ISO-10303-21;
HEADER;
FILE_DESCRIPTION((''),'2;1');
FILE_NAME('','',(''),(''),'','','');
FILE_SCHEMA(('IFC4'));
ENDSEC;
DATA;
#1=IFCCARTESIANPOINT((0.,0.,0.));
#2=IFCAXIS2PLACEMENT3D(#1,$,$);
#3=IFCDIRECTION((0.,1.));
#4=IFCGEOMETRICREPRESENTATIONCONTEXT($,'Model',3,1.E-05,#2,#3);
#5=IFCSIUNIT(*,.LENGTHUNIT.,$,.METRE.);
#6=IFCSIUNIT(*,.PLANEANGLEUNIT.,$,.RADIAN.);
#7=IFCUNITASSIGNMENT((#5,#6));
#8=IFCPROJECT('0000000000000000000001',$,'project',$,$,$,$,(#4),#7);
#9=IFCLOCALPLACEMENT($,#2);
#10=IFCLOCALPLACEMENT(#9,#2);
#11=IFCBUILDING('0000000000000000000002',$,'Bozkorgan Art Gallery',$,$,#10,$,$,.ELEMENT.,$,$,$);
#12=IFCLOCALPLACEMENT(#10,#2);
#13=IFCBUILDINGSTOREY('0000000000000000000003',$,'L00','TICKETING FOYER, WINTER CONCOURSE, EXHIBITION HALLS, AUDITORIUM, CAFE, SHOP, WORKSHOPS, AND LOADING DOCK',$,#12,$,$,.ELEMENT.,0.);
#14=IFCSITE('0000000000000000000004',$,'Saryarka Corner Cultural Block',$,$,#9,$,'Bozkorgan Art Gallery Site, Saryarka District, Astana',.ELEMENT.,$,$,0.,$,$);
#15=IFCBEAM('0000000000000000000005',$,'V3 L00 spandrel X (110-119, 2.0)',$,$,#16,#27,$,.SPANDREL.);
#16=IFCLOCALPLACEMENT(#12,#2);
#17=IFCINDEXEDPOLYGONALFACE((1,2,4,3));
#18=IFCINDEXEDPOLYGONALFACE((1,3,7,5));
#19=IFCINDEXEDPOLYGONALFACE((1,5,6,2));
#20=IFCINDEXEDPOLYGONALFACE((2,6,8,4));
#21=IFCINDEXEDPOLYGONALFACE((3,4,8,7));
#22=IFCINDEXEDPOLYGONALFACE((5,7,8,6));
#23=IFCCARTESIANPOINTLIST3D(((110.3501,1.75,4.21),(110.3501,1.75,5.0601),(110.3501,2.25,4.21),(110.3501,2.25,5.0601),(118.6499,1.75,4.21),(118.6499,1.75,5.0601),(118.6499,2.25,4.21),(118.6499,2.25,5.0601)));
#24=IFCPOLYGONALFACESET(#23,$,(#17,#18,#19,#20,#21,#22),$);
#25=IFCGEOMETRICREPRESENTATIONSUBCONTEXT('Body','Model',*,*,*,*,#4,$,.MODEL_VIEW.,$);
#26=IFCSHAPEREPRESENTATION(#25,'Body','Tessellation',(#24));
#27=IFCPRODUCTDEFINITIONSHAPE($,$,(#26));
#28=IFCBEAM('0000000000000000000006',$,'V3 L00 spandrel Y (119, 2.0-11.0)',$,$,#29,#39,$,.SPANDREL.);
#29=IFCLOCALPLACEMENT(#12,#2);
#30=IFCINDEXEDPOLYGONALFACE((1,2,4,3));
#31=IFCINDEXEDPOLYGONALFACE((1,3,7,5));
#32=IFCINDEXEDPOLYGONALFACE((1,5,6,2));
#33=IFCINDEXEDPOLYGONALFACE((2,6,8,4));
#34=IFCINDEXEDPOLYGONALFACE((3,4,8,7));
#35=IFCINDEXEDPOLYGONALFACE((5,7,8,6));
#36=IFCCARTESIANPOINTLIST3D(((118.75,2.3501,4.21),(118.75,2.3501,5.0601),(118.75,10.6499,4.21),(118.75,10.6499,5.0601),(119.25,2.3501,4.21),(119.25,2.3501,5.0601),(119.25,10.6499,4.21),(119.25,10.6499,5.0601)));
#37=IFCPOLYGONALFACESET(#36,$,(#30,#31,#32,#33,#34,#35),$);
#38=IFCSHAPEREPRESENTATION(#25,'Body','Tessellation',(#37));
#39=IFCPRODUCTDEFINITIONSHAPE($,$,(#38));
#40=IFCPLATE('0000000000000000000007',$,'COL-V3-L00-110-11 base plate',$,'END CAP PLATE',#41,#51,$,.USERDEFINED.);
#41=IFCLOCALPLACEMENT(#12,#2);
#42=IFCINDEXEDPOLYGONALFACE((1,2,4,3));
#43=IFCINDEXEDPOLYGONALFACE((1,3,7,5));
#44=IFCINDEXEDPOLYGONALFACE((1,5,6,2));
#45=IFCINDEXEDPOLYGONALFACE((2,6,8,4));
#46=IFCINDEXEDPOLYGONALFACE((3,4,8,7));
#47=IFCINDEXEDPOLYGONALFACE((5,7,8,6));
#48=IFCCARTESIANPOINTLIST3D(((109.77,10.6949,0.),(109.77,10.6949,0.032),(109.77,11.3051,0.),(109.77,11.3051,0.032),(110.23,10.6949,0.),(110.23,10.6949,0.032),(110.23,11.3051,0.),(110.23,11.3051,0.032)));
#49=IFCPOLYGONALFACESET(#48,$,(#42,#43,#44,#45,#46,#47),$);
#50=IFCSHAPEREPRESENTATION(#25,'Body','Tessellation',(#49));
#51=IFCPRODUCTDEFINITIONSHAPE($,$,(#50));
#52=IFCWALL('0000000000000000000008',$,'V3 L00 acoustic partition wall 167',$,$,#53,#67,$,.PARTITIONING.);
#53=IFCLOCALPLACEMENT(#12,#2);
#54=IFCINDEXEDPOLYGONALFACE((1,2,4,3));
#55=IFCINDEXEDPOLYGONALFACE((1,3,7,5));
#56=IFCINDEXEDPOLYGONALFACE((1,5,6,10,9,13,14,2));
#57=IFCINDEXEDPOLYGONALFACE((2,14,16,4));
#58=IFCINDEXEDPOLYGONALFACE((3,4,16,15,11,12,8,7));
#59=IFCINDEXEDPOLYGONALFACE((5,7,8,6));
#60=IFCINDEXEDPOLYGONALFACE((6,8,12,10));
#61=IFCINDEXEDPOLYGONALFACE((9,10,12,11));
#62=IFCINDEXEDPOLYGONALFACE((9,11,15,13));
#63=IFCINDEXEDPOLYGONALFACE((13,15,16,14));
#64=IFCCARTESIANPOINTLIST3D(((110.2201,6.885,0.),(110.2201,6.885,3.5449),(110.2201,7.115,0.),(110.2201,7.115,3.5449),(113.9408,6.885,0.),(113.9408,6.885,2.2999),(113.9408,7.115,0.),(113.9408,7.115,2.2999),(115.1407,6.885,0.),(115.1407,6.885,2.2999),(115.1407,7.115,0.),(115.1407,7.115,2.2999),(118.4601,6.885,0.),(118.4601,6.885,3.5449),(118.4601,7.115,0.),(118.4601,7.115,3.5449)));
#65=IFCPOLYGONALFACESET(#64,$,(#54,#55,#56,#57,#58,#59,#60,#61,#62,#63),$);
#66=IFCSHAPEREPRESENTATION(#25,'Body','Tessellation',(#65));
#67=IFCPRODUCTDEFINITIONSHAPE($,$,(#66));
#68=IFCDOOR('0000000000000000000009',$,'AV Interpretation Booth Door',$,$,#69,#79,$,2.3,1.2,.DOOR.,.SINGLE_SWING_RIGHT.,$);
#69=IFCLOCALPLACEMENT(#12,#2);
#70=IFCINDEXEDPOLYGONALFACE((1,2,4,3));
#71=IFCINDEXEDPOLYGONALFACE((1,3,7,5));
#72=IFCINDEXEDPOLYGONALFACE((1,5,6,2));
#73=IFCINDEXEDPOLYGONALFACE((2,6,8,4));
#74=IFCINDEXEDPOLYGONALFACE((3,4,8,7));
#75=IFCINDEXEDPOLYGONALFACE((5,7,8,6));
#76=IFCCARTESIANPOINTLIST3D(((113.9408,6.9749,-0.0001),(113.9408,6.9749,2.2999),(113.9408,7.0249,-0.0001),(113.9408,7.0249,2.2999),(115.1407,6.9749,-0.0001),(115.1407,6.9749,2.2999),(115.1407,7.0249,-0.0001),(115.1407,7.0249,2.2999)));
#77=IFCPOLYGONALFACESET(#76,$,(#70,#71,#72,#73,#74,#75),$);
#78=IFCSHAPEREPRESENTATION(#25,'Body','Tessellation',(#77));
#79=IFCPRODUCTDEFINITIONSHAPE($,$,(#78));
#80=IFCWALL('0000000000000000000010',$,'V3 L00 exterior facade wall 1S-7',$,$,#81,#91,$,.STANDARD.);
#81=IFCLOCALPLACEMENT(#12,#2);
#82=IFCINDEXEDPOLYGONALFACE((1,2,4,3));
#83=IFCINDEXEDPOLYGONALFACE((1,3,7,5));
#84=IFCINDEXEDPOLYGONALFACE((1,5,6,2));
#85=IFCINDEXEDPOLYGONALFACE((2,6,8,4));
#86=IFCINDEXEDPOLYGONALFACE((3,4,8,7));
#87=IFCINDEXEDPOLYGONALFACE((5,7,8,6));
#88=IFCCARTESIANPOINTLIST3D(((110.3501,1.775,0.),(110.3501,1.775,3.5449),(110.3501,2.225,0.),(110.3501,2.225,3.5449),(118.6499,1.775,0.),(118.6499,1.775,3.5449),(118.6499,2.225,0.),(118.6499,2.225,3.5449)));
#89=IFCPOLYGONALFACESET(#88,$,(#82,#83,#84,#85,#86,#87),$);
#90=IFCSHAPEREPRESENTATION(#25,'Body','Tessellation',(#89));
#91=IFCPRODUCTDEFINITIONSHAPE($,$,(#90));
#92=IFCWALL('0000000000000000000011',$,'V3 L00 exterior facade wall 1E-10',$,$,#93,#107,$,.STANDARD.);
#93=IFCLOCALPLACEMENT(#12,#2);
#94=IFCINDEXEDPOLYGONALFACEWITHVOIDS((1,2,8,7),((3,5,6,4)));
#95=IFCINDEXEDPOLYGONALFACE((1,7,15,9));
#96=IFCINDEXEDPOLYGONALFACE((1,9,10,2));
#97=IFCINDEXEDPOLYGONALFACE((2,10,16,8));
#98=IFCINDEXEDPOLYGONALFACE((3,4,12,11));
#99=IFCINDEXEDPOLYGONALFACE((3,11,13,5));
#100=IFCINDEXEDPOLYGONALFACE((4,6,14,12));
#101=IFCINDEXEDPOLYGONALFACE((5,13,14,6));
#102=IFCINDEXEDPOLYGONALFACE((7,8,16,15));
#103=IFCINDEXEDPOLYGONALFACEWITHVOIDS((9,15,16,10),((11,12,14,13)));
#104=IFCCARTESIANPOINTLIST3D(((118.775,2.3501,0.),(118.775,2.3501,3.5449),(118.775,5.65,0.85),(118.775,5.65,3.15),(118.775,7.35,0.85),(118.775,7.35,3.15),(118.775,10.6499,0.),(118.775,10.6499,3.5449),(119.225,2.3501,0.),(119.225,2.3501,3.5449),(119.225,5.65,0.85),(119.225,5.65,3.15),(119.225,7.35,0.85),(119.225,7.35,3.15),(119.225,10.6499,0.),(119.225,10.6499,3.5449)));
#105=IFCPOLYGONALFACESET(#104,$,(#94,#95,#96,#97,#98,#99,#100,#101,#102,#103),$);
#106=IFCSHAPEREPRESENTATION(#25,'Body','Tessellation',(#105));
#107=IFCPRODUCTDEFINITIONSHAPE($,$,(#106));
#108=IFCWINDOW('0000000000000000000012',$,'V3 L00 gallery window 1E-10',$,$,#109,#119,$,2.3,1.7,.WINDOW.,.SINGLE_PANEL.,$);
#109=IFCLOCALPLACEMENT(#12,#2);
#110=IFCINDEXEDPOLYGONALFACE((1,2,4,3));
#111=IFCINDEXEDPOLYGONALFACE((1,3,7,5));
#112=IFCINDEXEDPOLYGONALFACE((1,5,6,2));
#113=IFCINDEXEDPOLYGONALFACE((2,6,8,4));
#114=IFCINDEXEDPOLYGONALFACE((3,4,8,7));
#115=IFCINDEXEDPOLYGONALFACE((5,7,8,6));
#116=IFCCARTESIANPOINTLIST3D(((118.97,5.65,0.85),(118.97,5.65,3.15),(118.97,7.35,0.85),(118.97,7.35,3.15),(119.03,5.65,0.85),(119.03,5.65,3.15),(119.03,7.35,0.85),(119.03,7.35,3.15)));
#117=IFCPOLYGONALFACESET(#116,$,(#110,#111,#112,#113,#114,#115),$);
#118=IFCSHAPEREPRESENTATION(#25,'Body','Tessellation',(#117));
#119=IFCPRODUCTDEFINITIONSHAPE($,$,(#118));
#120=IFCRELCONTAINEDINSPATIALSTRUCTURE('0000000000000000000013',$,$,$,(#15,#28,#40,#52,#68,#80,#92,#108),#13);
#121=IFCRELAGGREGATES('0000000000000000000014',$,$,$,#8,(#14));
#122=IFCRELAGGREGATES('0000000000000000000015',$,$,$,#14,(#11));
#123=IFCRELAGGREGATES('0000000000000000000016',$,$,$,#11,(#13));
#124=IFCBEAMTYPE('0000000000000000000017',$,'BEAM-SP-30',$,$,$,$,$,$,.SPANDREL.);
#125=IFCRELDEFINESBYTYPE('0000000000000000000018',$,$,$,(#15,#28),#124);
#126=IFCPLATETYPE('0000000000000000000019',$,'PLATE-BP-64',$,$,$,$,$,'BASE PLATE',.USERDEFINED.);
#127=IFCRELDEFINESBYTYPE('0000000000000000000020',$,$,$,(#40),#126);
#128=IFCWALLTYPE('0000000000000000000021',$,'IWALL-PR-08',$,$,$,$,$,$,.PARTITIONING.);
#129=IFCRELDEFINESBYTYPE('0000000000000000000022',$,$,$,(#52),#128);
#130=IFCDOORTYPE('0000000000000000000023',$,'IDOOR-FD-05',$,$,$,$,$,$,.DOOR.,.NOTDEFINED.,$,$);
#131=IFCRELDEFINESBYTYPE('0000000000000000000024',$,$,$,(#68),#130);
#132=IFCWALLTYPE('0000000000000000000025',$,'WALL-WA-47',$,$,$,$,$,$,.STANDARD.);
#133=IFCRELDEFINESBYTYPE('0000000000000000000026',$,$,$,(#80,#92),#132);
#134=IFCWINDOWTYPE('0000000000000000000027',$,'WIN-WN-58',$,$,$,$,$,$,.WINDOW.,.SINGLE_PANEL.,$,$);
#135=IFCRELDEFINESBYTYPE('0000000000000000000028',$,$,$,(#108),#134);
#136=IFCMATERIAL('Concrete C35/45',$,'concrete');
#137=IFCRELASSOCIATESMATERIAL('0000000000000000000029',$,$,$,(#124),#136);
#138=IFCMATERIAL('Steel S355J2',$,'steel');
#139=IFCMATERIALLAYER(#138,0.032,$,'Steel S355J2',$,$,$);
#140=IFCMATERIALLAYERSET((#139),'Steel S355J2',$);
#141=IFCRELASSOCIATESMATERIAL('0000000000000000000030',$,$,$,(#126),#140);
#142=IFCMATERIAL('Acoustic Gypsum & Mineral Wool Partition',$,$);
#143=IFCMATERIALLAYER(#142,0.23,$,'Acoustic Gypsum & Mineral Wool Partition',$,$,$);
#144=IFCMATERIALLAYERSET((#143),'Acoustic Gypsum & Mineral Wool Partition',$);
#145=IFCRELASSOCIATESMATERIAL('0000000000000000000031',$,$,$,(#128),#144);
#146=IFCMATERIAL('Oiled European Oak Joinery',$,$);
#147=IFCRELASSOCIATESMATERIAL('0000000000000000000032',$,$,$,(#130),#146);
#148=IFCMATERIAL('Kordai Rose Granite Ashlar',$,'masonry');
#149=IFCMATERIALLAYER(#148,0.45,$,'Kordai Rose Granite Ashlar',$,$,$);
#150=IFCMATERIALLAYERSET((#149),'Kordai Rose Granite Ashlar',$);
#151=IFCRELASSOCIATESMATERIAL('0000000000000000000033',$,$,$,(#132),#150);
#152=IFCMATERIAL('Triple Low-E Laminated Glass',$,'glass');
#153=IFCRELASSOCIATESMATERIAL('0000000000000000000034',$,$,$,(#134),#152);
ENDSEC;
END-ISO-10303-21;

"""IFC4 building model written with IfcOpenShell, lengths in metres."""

from ifc_helpers import new_model, si_unit, direction, frame, frame_2d, origin, origin_2d, place, context, subcontext, project, spatial, rectangle, extrude, material, layer, layer_set, material_profile, profile_set, type_object, element, fill, save


model = new_model("IFC4")

# Units and contexts
model_context = context("Model", 3, precision=1e-05, world=origin(), true_north=direction((0.0, 1.0)))
body_context = subcontext(model_context, "Body", "Model", "MODEL_VIEW")
ifc_project = project(units=[si_unit("LENGTHUNIT", "METRE"), si_unit("PLANEANGLEUNIT", "RADIAN")], contexts=[model_context])

# Site, building, storey
site_placement = place(None, origin())
site = spatial("IfcSite", under=ifc_project, at=site_placement, Name="Saryarka Corner Cultural Block", LongName="Bozkorgan Art Gallery Site, Saryarka District, Astana", CompositionType="ELEMENT", RefElevation=0.0)
building_placement = place(site_placement, origin())
building = spatial("IfcBuilding", under=site, at=building_placement, Name="Bozkorgan Art Gallery", CompositionType="ELEMENT")
storey_placement = place(building_placement, origin())
storey = spatial("IfcBuildingStorey", under=building, at=storey_placement, Name="L00", Description="TICKETING FOYER, WINTER CONCOURSE, EXHIBITION HALLS, AUDITORIUM, CAFE, SHOP, WORKSHOPS, AND LOADING DOCK", CompositionType="ELEMENT", Elevation=0.0)

# Shared definitions
ifc_material_1 = material(Name="Steel S355J2", Category="steel")

# Beams
ifc_material_2 = material(Name="Concrete C35/45", Category="concrete")
ifc_material_profile_1 = material_profile(ifc_material_2, rectangle(XDim=0.5, YDim=0.8501, at=origin_2d()), Name="RC 500x850")
ifc_profile_set_1 = profile_set([ifc_material_profile_1], Name="Concrete C35/45")
beam_type_1 = type_object("IfcBeamType", Name="BEAM-SP-30", PredefinedType="SPANDREL", material=ifc_profile_set_1)
for number, where, z_axis, x_axis, name in (
    (1, (110.3501, 2.0, 4.635), (1.0, 0.0, 0.0), (0.0, 1.0, 0.0), "V3 L00 spandrel X (110-119, 2.0)"),
    (2, (119.0, 2.3501, 4.635), (0.0, 1.0, 0.0), (-1.0, 0.0, 0.0), "V3 L00 spandrel Y (119, 2.0-11.0)"),
):
    element("IfcBeam", number, at=place(storey_placement, frame(where, z_axis=z_axis, x_axis=x_axis)), inside=storey, type_object=beam_type_1, Name=name, PredefinedType="SPANDREL", context=body_context, shape_type="SweptSolid", body=[
        extrude(rectangle(XDim=0.5, YDim=0.8501, at=origin_2d()), origin(), (0.0, 0.0, 1.0), 8.2998),
    ])

# Plate
ifc_layer_1 = layer(ifc_material_1, 0.032, Name="Steel S355J2")
ifc_layer_set_1 = layer_set([ifc_layer_1], Name="Steel S355J2")
plate_type = type_object("IfcPlateType", Name="PLATE-BP-64", ElementType="BASE PLATE", PredefinedType="USERDEFINED", material=ifc_layer_set_1)
plate_placement = place(storey_placement, frame((110.0, 11.0, 0.0), z_axis=(0.0, 0.0, 1.0), x_axis=(1.0, 0.0, 0.0)))
element("IfcPlate", 3, at=plate_placement, inside=storey, type_object=plate_type, Name="COL-V3-L00-110-11 base plate", ObjectType="END CAP PLATE", PredefinedType="USERDEFINED", context=body_context, shape_type="SweptSolid", body=[
    extrude(rectangle(XDim=0.46, YDim=0.6101, at=origin_2d()), origin(), (0.0, 0.0, 1.0), 0.032),
])

# Wall, opening, door
ifc_material_3 = material(Name="Acoustic Gypsum & Mineral Wool Partition")
ifc_layer_2 = layer(ifc_material_3, 0.23, Name="Acoustic Gypsum & Mineral Wool Partition")
ifc_layer_set_2 = layer_set([ifc_layer_2], Name="Acoustic Gypsum & Mineral Wool Partition")
wall_type_1 = type_object("IfcWallType", Name="IWALL-PR-08", PredefinedType="PARTITIONING", material=ifc_layer_set_2)
wall_1_placement = place(storey_placement, frame((110.22, 7.0, 0.0), z_axis=(0.0, 0.0, 1.0), x_axis=(1.0, 0.0, 0.0)))
wall_1 = element("IfcWall", 4, at=wall_1_placement, inside=storey, type_object=wall_type_1, Name="V3 L00 acoustic partition wall 167", PredefinedType="PARTITIONING", context=body_context, shape_type="SweptSolid", body=[
    extrude(rectangle(XDim=8.24, YDim=0.23, at=frame_2d((4.1201, 0.0))), origin(), (0.0, 0.0, 1.0), 3.5449),
])
opening_1_placement = place(wall_1_placement, frame((3.7207, 0.0, 0.0)))
opening_1 = element("IfcOpeningElement", 5, at=opening_1_placement, cuts=wall_1, PredefinedType="OPENING", context=body_context, shape_type="SweptSolid", body=[
    extrude(rectangle(XDim=1.2, YDim=2.3, at=frame_2d((0.6001, 1.1499))), frame((0.0, 0.125, 0.0), z_axis=(0.0, -1.0, 0.0), x_axis=(1.0, 0.0, 0.0)), (0.0, 0.0, 1.0), 0.25),
])
ifc_material_4 = material(Name="Oiled European Oak Joinery")
door_type = type_object("IfcDoorType", Name="IDOOR-FD-05", OperationType="NOTDEFINED", PredefinedType="DOOR", material=ifc_material_4)
door_placement = place(opening_1_placement, origin())
door = element("IfcDoor", 6, at=door_placement, inside=storey, type_object=door_type, Name="AV Interpretation Booth Door", OperationType="SINGLE_SWING_RIGHT", OverallHeight=2.3, OverallWidth=1.2, PredefinedType="DOOR", context=body_context, shape_type="SweptSolid", body=[
    extrude(rectangle(XDim=1.2, YDim=2.3, at=frame_2d((0.6001, 1.1499))), frame((0.0, 0.0249, 0.0), z_axis=(0.0, -1.0, 0.0), x_axis=(1.0, 0.0, 0.0)), (0.0, 0.0, 1.0), 0.05),
])
fill(opening_1, door)

# Wall
ifc_material_5 = material(Name="Kordai Rose Granite Ashlar", Category="masonry")
ifc_layer_3 = layer(ifc_material_5, 0.45, Name="Kordai Rose Granite Ashlar")
ifc_layer_set_3 = layer_set([ifc_layer_3], Name="Kordai Rose Granite Ashlar")
wall_type_2 = type_object("IfcWallType", Name="WALL-WA-47", PredefinedType="STANDARD", material=ifc_layer_set_3)
wall_2_placement = place(storey_placement, frame((110.3501, 2.0, 0.0), z_axis=(0.0, 0.0, 1.0), x_axis=(1.0, 0.0, 0.0)))
element("IfcWall", 7, at=wall_2_placement, inside=storey, type_object=wall_type_2, Name="V3 L00 exterior facade wall 1S-7", PredefinedType="STANDARD", context=body_context, shape_type="SweptSolid", body=[
    extrude(rectangle(XDim=8.2998, YDim=0.45, at=frame_2d((4.1499, 0.0))), origin(), (0.0, 0.0, 1.0), 3.5449),
])

# Wall, opening, window
wall_3_placement = place(storey_placement, frame((119.0, 2.3501, 0.0), z_axis=(0.0, 0.0, 1.0), x_axis=(0.0, 1.0, 0.0)))
wall_3 = element("IfcWall", 8, at=wall_3_placement, inside=storey, type_object=wall_type_2, Name="V3 L00 exterior facade wall 1E-10", PredefinedType="STANDARD", context=body_context, shape_type="SweptSolid", body=[
    extrude(rectangle(XDim=8.2998, YDim=0.45, at=frame_2d((4.1499, 0.0))), origin(), (0.0, 0.0, 1.0), 3.5449),
])
opening_2_placement = place(wall_3_placement, frame((5.0, 0.0, 0.8501), z_axis=(0.0, 0.0, 1.0), x_axis=(-1.0, 0.0, 0.0)))
opening_2 = element("IfcOpeningElement", 9, at=opening_2_placement, cuts=wall_3, PredefinedType="OPENING", context=body_context, shape_type="SweptSolid", body=[
    extrude(rectangle(XDim=1.7, YDim=2.3, at=frame_2d((0.8501, 1.1499))), frame((0.0, 0.2349, 0.0), z_axis=(0.0, -1.0, 0.0), x_axis=(1.0, 0.0, 0.0)), (0.0, 0.0, 1.0), 0.47),
])
ifc_material_6 = material(Name="Triple Low-E Laminated Glass", Category="glass")
window_type = type_object("IfcWindowType", Name="WIN-WN-58", PartitioningType="SINGLE_PANEL", PredefinedType="WINDOW", material=ifc_material_6)
window_placement = place(opening_2_placement, origin())
window = element("IfcWindow", 10, at=window_placement, inside=storey, type_object=window_type, Name="V3 L00 gallery window 1E-10", OverallHeight=2.3, OverallWidth=1.7, PartitioningType="SINGLE_PANEL", PredefinedType="WINDOW", context=body_context, shape_type="SweptSolid", body=[
    extrude(rectangle(XDim=1.7, YDim=2.3, at=frame_2d((0.8501, 1.1499))), frame((0.0, 0.03, 0.0), z_axis=(0.0, -1.0, 0.0), x_axis=(1.0, 0.0, 0.0)), (0.0, 0.0, 1.0), 0.0601),
])
fill(opening_2, window)

save(model, "model.ifc")
